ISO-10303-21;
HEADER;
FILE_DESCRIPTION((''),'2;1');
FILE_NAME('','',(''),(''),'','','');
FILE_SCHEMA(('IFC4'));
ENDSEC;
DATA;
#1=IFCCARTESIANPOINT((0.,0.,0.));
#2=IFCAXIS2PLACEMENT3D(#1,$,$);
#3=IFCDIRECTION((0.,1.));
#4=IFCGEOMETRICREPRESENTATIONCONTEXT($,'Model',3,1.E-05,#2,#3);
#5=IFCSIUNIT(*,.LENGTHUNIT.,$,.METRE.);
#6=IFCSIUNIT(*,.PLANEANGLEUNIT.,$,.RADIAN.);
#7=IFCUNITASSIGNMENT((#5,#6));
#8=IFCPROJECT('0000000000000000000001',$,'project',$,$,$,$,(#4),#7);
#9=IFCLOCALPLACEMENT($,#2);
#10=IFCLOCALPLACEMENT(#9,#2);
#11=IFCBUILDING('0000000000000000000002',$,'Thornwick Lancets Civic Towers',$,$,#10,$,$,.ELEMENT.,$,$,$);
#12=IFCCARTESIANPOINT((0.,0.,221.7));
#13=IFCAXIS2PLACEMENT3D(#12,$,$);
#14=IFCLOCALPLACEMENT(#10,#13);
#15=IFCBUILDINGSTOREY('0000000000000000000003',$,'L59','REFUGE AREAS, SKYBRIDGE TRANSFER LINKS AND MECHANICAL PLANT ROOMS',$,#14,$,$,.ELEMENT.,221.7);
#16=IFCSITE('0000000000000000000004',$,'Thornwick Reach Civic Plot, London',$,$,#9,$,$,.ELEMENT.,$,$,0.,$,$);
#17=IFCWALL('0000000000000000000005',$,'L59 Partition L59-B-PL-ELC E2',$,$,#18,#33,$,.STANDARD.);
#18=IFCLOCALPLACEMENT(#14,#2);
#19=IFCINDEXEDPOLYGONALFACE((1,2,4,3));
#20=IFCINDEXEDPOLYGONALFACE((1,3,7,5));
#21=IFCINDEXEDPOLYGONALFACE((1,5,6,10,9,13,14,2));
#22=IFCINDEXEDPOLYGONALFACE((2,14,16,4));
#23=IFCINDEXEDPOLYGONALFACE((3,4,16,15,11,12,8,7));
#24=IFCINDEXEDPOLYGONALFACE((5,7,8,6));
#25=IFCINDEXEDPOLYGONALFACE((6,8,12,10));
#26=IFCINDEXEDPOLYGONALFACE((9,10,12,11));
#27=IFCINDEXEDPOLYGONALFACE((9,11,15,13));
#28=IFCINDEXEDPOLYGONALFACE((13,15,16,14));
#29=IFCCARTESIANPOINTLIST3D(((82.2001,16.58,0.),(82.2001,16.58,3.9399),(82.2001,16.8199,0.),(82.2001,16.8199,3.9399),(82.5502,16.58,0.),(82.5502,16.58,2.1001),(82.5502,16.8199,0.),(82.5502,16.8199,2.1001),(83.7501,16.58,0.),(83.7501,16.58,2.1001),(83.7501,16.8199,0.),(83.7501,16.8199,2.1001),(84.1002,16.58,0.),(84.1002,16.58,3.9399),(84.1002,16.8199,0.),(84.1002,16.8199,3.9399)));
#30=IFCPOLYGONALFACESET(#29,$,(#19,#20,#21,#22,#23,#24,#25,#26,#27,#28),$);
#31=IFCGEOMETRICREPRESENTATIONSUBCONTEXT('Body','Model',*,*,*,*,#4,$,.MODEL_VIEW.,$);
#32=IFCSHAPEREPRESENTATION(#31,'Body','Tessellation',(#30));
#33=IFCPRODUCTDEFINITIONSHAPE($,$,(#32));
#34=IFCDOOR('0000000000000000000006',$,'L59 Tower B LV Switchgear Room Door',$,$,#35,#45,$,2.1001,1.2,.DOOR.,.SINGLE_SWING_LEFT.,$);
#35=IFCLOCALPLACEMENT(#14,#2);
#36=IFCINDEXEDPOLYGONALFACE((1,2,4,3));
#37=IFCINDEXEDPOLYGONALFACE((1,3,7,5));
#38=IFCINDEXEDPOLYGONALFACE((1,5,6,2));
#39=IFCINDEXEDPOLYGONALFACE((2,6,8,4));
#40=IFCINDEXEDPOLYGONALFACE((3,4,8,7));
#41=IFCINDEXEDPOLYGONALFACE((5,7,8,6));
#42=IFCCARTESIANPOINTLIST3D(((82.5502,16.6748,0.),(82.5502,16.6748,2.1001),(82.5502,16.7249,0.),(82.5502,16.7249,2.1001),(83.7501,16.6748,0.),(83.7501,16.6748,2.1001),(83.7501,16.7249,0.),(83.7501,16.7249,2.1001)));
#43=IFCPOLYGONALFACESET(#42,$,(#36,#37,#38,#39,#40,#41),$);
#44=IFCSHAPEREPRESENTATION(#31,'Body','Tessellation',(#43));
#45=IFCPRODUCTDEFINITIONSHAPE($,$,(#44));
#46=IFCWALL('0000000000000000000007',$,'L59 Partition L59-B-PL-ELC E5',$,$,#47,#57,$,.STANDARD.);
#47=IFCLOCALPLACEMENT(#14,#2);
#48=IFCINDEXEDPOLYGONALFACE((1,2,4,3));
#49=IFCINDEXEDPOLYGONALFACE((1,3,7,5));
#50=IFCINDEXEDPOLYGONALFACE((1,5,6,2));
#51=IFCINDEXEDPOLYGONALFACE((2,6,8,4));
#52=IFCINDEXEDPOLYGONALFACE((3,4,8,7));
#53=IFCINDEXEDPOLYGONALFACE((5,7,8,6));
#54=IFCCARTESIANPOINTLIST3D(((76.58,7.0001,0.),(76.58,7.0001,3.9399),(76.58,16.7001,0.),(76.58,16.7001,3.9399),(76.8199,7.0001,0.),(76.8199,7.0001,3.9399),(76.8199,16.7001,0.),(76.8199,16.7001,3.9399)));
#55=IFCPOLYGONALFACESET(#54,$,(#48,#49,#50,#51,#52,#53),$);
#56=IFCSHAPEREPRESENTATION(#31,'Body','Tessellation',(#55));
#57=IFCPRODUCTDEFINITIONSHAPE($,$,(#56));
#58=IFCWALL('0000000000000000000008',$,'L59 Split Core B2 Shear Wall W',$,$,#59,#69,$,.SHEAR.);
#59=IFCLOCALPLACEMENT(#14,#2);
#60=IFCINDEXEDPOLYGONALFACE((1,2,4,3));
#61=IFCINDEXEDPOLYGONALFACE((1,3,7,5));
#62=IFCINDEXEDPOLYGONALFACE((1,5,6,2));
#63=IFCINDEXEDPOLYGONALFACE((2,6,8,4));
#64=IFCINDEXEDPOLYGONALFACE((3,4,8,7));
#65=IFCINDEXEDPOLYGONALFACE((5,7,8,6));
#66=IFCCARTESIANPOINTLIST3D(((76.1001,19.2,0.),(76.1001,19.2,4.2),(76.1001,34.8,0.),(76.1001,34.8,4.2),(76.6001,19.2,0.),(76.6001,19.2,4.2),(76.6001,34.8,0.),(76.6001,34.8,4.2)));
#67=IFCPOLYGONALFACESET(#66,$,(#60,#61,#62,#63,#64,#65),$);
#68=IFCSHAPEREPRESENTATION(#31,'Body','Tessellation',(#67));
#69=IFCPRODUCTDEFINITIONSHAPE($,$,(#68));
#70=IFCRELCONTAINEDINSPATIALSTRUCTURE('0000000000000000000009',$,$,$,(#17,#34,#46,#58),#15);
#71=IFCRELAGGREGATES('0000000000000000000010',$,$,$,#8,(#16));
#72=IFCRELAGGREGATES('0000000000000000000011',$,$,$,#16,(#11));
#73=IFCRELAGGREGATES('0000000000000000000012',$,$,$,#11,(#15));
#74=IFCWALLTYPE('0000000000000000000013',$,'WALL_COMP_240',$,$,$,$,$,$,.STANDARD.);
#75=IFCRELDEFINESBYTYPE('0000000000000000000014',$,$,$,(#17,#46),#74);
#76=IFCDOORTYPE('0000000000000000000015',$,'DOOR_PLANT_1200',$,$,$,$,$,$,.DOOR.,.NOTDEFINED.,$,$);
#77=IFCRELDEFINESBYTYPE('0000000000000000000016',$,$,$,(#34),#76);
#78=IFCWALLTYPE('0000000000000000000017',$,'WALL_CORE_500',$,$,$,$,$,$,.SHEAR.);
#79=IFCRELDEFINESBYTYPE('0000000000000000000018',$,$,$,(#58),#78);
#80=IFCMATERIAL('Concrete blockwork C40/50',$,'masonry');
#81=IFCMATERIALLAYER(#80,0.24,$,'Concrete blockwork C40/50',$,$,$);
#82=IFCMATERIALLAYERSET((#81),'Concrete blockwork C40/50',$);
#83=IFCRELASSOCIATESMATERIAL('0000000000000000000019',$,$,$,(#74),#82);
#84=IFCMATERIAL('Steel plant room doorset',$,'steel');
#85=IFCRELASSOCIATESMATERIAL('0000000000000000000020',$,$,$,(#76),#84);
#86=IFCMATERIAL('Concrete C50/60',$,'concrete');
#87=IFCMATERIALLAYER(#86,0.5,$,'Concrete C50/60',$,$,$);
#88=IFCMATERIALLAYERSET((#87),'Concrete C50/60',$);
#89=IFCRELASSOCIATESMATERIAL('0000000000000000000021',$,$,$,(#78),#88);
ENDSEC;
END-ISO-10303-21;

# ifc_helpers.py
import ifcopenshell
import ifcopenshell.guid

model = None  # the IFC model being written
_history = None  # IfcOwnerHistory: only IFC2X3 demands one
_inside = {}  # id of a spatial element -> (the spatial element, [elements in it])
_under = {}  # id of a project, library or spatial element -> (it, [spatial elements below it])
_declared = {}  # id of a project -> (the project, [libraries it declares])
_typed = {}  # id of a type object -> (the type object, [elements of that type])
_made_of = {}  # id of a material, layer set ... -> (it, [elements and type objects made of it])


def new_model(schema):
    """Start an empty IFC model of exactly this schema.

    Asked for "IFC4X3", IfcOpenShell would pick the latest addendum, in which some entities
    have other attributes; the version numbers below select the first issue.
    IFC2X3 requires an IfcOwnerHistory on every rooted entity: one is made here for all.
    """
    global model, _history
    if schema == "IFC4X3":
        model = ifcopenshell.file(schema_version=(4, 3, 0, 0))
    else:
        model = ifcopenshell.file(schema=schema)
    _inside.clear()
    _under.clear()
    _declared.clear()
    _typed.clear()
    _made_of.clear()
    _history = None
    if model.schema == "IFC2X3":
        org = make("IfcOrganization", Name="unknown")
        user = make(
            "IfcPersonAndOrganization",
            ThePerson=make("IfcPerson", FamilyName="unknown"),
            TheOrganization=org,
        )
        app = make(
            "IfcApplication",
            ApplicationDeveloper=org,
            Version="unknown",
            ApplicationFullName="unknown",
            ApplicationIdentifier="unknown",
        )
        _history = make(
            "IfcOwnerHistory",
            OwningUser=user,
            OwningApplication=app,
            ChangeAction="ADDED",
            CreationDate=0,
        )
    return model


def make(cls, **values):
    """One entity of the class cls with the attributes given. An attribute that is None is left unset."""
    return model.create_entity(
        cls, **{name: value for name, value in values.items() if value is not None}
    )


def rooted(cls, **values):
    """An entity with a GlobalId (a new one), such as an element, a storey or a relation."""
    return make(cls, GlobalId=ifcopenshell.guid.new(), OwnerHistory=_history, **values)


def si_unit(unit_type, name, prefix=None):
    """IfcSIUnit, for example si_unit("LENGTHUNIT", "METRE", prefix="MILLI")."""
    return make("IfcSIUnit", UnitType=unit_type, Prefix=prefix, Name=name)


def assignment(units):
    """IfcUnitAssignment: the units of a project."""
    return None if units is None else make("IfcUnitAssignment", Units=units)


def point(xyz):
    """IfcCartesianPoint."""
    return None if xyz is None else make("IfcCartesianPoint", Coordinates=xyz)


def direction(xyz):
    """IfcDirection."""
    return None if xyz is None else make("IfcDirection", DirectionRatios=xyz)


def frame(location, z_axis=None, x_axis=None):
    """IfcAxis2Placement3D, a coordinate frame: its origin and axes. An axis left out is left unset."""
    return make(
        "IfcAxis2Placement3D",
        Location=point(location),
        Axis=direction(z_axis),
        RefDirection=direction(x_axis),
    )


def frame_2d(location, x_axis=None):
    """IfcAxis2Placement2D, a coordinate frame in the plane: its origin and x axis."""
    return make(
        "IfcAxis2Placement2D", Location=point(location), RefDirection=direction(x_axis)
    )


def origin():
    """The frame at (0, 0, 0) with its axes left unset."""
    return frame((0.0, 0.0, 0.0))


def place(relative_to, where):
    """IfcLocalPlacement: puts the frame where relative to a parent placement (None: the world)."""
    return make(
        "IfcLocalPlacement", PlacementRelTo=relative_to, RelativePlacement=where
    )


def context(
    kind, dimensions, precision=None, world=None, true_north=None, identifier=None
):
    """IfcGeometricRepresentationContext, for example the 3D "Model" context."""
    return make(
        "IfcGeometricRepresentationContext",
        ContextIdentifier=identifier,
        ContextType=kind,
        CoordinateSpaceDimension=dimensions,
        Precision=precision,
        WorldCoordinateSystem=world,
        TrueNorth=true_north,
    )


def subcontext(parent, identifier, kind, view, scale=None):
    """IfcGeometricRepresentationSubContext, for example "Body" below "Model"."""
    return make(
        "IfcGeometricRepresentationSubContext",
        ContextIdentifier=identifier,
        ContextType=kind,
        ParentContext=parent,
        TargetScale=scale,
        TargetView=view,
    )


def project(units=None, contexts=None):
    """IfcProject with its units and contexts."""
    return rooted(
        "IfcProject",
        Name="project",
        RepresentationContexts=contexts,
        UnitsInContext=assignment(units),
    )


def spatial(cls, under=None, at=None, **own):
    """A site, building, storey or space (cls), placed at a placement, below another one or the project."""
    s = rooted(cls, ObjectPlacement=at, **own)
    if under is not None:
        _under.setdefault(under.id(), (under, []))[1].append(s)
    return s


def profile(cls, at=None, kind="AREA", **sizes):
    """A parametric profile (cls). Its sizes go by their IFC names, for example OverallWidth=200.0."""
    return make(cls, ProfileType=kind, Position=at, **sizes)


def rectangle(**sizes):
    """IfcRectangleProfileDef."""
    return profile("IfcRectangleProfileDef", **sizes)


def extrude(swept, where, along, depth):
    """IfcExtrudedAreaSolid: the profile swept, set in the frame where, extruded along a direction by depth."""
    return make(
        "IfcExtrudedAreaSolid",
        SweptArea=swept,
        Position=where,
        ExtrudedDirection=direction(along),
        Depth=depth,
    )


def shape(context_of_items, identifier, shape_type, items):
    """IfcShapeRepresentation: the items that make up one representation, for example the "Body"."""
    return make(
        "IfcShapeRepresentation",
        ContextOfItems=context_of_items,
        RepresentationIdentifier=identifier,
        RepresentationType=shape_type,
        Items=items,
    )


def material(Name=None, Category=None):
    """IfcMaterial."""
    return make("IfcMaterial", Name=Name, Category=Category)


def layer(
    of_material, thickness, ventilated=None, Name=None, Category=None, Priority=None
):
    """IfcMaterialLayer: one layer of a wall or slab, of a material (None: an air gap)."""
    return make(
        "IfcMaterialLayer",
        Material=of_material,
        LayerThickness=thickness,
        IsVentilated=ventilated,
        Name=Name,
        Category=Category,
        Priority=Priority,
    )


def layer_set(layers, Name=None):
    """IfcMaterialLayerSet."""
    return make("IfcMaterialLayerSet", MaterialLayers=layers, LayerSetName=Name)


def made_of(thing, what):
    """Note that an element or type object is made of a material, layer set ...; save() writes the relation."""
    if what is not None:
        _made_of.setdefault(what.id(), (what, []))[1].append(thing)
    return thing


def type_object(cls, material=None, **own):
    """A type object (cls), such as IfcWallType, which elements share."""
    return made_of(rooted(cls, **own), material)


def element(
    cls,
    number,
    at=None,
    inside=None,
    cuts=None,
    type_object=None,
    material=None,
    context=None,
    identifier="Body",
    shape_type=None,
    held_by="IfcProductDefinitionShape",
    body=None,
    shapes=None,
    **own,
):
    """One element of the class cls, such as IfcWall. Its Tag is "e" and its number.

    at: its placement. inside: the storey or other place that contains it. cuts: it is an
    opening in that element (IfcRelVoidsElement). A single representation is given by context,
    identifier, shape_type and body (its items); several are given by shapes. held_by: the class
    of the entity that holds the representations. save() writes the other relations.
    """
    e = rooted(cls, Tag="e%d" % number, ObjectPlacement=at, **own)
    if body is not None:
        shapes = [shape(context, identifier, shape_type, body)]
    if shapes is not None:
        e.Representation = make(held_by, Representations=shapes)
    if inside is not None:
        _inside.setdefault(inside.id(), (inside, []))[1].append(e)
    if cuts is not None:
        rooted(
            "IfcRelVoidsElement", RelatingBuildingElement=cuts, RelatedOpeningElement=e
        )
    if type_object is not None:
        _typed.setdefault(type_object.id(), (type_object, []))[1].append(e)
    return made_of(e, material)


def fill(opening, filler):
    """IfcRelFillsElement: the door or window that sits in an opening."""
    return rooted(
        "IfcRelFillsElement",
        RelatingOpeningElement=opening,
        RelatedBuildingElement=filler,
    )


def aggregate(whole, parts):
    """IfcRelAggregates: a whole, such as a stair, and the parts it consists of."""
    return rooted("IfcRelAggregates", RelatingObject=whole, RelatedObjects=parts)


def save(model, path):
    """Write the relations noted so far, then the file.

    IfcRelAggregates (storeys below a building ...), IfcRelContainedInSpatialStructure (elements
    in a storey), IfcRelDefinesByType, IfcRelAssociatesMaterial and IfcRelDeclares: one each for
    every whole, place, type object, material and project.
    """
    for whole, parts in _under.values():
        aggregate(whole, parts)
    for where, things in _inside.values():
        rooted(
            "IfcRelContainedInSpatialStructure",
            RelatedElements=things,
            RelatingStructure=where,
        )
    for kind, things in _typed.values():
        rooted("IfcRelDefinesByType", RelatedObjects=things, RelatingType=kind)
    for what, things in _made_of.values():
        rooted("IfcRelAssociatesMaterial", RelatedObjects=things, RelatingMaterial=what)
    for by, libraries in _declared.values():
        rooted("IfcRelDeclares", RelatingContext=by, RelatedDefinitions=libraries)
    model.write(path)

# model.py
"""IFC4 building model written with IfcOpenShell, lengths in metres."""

from ifc_helpers import new_model, si_unit, direction, frame, frame_2d, origin, place, context, subcontext, project, spatial, rectangle, extrude, material, layer, layer_set, type_object, element, fill, save


model = new_model("IFC4")

# Units and contexts
model_context = context("Model", 3, precision=1e-05, world=origin(), true_north=direction((0.0, 1.0)))
body_context = subcontext(model_context, "Body", "Model", "MODEL_VIEW")
ifc_project = project(units=[si_unit("LENGTHUNIT", "METRE"), si_unit("PLANEANGLEUNIT", "RADIAN")], contexts=[model_context])

# Site, building, storey
site_placement = place(None, origin())
site = spatial("IfcSite", under=ifc_project, at=site_placement, Name="Thornwick Reach Civic Plot, London", CompositionType="ELEMENT", RefElevation=0.0)
building_placement = place(site_placement, origin())
building = spatial("IfcBuilding", under=site, at=building_placement, Name="Thornwick Lancets Civic Towers", CompositionType="ELEMENT")
storey_placement = place(building_placement, frame((0.0, 0.0, 221.7)))
storey = spatial("IfcBuildingStorey", under=building, at=storey_placement, Name="L59", Description="REFUGE AREAS, SKYBRIDGE TRANSFER LINKS AND MECHANICAL PLANT ROOMS", CompositionType="ELEMENT", Elevation=221.7)

# Shared definitions
ifc_material_1 = material(Name="Concrete C50/60", Category="concrete")

# Shared definitions
ifc_material_2 = material(Name="Concrete blockwork C40/50", Category="masonry")
ifc_layer_1 = layer(ifc_material_2, 0.24, Name="Concrete blockwork C40/50")
ifc_layer_set_1 = layer_set([ifc_layer_1], Name="Concrete blockwork C40/50")
wall_type_1 = type_object("IfcWallType", Name="WALL_COMP_240", PredefinedType="STANDARD", material=ifc_layer_set_1)

# Wall, opening, door
wall_1_placement = place(storey_placement, frame((82.2, 16.7, 0.0), z_axis=(0.0, 0.0, 1.0), x_axis=(1.0, 0.0, 0.0)))
wall_1 = element("IfcWall", 1, at=wall_1_placement, inside=storey, type_object=wall_type_1, Name="L59 Partition L59-B-PL-ELC E2", PredefinedType="STANDARD", context=body_context, shape_type="SweptSolid", body=[
    extrude(rectangle(XDim=1.9001, YDim=0.24, at=frame_2d((0.9502, 0.0))), origin(), (0.0, 0.0, 1.0), 3.9399),
])
opening_1_placement = place(wall_1_placement, frame((0.3501, 0.0, 0.0)))
opening_1 = element("IfcOpeningElement", 2, at=opening_1_placement, cuts=wall_1, PredefinedType="OPENING", context=body_context, shape_type="SweptSolid", body=[
    extrude(rectangle(XDim=1.2, YDim=2.1001, at=frame_2d((0.6001, 1.05))), frame((0.0, 0.1299, 0.0), z_axis=(0.0, -1.0, 0.0), x_axis=(1.0, 0.0, 0.0)), (0.0, 0.0, 1.0), 0.26),
])
ifc_material_3 = material(Name="Steel plant room doorset", Category="steel")
door_type = type_object("IfcDoorType", Name="DOOR_PLANT_1200", OperationType="NOTDEFINED", PredefinedType="DOOR", material=ifc_material_3)
door_placement = place(opening_1_placement, origin())
door = element("IfcDoor", 3, at=door_placement, inside=storey, type_object=door_type, Name="L59 Tower B LV Switchgear Room Door", OperationType="SINGLE_SWING_LEFT", OverallHeight=2.1001, OverallWidth=1.2, PredefinedType="DOOR", context=body_context, shape_type="SweptSolid", body=[
    extrude(rectangle(XDim=1.2, YDim=2.1001, at=frame_2d((0.6001, 1.05))), frame((0.0, 0.0249, 0.0), z_axis=(0.0, -1.0, 0.0), x_axis=(1.0, 0.0, 0.0)), (0.0, 0.0, 1.0), 0.05),
])
fill(opening_1, door)

# Walls
wall_2_placement = place(storey_placement, frame((76.7, 7.0, 0.0), z_axis=(0.0, 0.0, 1.0), x_axis=(0.0, 1.0, 0.0)))
element("IfcWall", 4, at=wall_2_placement, inside=storey, type_object=wall_type_1, Name="L59 Partition L59-B-PL-ELC E5", PredefinedType="STANDARD", context=body_context, shape_type="SweptSolid", body=[
    extrude(rectangle(XDim=9.7, YDim=0.24, at=frame_2d((4.8501, 0.0))), origin(), (0.0, 0.0, 1.0), 3.9399),
])
ifc_layer_2 = layer(ifc_material_1, 0.5, Name="Concrete C50/60")
ifc_layer_set_2 = layer_set([ifc_layer_2], Name="Concrete C50/60")
wall_type_2 = type_object("IfcWallType", Name="WALL_CORE_500", PredefinedType="SHEAR", material=ifc_layer_set_2)
wall_3_placement = place(storey_placement, frame((76.3501, 19.2, 0.0), z_axis=(0.0, 0.0, 1.0), x_axis=(0.0, 1.0, 0.0)))
element("IfcWall", 5, at=wall_3_placement, inside=storey, type_object=wall_type_2, Name="L59 Split Core B2 Shear Wall W", PredefinedType="SHEAR", context=body_context, shape_type="SweptSolid", body=[
    extrude(rectangle(XDim=15.6001, YDim=0.5, at=frame_2d((7.8, 0.0))), origin(), (0.0, 0.0, 1.0), 4.2),
])

save(model, "model.ifc")
